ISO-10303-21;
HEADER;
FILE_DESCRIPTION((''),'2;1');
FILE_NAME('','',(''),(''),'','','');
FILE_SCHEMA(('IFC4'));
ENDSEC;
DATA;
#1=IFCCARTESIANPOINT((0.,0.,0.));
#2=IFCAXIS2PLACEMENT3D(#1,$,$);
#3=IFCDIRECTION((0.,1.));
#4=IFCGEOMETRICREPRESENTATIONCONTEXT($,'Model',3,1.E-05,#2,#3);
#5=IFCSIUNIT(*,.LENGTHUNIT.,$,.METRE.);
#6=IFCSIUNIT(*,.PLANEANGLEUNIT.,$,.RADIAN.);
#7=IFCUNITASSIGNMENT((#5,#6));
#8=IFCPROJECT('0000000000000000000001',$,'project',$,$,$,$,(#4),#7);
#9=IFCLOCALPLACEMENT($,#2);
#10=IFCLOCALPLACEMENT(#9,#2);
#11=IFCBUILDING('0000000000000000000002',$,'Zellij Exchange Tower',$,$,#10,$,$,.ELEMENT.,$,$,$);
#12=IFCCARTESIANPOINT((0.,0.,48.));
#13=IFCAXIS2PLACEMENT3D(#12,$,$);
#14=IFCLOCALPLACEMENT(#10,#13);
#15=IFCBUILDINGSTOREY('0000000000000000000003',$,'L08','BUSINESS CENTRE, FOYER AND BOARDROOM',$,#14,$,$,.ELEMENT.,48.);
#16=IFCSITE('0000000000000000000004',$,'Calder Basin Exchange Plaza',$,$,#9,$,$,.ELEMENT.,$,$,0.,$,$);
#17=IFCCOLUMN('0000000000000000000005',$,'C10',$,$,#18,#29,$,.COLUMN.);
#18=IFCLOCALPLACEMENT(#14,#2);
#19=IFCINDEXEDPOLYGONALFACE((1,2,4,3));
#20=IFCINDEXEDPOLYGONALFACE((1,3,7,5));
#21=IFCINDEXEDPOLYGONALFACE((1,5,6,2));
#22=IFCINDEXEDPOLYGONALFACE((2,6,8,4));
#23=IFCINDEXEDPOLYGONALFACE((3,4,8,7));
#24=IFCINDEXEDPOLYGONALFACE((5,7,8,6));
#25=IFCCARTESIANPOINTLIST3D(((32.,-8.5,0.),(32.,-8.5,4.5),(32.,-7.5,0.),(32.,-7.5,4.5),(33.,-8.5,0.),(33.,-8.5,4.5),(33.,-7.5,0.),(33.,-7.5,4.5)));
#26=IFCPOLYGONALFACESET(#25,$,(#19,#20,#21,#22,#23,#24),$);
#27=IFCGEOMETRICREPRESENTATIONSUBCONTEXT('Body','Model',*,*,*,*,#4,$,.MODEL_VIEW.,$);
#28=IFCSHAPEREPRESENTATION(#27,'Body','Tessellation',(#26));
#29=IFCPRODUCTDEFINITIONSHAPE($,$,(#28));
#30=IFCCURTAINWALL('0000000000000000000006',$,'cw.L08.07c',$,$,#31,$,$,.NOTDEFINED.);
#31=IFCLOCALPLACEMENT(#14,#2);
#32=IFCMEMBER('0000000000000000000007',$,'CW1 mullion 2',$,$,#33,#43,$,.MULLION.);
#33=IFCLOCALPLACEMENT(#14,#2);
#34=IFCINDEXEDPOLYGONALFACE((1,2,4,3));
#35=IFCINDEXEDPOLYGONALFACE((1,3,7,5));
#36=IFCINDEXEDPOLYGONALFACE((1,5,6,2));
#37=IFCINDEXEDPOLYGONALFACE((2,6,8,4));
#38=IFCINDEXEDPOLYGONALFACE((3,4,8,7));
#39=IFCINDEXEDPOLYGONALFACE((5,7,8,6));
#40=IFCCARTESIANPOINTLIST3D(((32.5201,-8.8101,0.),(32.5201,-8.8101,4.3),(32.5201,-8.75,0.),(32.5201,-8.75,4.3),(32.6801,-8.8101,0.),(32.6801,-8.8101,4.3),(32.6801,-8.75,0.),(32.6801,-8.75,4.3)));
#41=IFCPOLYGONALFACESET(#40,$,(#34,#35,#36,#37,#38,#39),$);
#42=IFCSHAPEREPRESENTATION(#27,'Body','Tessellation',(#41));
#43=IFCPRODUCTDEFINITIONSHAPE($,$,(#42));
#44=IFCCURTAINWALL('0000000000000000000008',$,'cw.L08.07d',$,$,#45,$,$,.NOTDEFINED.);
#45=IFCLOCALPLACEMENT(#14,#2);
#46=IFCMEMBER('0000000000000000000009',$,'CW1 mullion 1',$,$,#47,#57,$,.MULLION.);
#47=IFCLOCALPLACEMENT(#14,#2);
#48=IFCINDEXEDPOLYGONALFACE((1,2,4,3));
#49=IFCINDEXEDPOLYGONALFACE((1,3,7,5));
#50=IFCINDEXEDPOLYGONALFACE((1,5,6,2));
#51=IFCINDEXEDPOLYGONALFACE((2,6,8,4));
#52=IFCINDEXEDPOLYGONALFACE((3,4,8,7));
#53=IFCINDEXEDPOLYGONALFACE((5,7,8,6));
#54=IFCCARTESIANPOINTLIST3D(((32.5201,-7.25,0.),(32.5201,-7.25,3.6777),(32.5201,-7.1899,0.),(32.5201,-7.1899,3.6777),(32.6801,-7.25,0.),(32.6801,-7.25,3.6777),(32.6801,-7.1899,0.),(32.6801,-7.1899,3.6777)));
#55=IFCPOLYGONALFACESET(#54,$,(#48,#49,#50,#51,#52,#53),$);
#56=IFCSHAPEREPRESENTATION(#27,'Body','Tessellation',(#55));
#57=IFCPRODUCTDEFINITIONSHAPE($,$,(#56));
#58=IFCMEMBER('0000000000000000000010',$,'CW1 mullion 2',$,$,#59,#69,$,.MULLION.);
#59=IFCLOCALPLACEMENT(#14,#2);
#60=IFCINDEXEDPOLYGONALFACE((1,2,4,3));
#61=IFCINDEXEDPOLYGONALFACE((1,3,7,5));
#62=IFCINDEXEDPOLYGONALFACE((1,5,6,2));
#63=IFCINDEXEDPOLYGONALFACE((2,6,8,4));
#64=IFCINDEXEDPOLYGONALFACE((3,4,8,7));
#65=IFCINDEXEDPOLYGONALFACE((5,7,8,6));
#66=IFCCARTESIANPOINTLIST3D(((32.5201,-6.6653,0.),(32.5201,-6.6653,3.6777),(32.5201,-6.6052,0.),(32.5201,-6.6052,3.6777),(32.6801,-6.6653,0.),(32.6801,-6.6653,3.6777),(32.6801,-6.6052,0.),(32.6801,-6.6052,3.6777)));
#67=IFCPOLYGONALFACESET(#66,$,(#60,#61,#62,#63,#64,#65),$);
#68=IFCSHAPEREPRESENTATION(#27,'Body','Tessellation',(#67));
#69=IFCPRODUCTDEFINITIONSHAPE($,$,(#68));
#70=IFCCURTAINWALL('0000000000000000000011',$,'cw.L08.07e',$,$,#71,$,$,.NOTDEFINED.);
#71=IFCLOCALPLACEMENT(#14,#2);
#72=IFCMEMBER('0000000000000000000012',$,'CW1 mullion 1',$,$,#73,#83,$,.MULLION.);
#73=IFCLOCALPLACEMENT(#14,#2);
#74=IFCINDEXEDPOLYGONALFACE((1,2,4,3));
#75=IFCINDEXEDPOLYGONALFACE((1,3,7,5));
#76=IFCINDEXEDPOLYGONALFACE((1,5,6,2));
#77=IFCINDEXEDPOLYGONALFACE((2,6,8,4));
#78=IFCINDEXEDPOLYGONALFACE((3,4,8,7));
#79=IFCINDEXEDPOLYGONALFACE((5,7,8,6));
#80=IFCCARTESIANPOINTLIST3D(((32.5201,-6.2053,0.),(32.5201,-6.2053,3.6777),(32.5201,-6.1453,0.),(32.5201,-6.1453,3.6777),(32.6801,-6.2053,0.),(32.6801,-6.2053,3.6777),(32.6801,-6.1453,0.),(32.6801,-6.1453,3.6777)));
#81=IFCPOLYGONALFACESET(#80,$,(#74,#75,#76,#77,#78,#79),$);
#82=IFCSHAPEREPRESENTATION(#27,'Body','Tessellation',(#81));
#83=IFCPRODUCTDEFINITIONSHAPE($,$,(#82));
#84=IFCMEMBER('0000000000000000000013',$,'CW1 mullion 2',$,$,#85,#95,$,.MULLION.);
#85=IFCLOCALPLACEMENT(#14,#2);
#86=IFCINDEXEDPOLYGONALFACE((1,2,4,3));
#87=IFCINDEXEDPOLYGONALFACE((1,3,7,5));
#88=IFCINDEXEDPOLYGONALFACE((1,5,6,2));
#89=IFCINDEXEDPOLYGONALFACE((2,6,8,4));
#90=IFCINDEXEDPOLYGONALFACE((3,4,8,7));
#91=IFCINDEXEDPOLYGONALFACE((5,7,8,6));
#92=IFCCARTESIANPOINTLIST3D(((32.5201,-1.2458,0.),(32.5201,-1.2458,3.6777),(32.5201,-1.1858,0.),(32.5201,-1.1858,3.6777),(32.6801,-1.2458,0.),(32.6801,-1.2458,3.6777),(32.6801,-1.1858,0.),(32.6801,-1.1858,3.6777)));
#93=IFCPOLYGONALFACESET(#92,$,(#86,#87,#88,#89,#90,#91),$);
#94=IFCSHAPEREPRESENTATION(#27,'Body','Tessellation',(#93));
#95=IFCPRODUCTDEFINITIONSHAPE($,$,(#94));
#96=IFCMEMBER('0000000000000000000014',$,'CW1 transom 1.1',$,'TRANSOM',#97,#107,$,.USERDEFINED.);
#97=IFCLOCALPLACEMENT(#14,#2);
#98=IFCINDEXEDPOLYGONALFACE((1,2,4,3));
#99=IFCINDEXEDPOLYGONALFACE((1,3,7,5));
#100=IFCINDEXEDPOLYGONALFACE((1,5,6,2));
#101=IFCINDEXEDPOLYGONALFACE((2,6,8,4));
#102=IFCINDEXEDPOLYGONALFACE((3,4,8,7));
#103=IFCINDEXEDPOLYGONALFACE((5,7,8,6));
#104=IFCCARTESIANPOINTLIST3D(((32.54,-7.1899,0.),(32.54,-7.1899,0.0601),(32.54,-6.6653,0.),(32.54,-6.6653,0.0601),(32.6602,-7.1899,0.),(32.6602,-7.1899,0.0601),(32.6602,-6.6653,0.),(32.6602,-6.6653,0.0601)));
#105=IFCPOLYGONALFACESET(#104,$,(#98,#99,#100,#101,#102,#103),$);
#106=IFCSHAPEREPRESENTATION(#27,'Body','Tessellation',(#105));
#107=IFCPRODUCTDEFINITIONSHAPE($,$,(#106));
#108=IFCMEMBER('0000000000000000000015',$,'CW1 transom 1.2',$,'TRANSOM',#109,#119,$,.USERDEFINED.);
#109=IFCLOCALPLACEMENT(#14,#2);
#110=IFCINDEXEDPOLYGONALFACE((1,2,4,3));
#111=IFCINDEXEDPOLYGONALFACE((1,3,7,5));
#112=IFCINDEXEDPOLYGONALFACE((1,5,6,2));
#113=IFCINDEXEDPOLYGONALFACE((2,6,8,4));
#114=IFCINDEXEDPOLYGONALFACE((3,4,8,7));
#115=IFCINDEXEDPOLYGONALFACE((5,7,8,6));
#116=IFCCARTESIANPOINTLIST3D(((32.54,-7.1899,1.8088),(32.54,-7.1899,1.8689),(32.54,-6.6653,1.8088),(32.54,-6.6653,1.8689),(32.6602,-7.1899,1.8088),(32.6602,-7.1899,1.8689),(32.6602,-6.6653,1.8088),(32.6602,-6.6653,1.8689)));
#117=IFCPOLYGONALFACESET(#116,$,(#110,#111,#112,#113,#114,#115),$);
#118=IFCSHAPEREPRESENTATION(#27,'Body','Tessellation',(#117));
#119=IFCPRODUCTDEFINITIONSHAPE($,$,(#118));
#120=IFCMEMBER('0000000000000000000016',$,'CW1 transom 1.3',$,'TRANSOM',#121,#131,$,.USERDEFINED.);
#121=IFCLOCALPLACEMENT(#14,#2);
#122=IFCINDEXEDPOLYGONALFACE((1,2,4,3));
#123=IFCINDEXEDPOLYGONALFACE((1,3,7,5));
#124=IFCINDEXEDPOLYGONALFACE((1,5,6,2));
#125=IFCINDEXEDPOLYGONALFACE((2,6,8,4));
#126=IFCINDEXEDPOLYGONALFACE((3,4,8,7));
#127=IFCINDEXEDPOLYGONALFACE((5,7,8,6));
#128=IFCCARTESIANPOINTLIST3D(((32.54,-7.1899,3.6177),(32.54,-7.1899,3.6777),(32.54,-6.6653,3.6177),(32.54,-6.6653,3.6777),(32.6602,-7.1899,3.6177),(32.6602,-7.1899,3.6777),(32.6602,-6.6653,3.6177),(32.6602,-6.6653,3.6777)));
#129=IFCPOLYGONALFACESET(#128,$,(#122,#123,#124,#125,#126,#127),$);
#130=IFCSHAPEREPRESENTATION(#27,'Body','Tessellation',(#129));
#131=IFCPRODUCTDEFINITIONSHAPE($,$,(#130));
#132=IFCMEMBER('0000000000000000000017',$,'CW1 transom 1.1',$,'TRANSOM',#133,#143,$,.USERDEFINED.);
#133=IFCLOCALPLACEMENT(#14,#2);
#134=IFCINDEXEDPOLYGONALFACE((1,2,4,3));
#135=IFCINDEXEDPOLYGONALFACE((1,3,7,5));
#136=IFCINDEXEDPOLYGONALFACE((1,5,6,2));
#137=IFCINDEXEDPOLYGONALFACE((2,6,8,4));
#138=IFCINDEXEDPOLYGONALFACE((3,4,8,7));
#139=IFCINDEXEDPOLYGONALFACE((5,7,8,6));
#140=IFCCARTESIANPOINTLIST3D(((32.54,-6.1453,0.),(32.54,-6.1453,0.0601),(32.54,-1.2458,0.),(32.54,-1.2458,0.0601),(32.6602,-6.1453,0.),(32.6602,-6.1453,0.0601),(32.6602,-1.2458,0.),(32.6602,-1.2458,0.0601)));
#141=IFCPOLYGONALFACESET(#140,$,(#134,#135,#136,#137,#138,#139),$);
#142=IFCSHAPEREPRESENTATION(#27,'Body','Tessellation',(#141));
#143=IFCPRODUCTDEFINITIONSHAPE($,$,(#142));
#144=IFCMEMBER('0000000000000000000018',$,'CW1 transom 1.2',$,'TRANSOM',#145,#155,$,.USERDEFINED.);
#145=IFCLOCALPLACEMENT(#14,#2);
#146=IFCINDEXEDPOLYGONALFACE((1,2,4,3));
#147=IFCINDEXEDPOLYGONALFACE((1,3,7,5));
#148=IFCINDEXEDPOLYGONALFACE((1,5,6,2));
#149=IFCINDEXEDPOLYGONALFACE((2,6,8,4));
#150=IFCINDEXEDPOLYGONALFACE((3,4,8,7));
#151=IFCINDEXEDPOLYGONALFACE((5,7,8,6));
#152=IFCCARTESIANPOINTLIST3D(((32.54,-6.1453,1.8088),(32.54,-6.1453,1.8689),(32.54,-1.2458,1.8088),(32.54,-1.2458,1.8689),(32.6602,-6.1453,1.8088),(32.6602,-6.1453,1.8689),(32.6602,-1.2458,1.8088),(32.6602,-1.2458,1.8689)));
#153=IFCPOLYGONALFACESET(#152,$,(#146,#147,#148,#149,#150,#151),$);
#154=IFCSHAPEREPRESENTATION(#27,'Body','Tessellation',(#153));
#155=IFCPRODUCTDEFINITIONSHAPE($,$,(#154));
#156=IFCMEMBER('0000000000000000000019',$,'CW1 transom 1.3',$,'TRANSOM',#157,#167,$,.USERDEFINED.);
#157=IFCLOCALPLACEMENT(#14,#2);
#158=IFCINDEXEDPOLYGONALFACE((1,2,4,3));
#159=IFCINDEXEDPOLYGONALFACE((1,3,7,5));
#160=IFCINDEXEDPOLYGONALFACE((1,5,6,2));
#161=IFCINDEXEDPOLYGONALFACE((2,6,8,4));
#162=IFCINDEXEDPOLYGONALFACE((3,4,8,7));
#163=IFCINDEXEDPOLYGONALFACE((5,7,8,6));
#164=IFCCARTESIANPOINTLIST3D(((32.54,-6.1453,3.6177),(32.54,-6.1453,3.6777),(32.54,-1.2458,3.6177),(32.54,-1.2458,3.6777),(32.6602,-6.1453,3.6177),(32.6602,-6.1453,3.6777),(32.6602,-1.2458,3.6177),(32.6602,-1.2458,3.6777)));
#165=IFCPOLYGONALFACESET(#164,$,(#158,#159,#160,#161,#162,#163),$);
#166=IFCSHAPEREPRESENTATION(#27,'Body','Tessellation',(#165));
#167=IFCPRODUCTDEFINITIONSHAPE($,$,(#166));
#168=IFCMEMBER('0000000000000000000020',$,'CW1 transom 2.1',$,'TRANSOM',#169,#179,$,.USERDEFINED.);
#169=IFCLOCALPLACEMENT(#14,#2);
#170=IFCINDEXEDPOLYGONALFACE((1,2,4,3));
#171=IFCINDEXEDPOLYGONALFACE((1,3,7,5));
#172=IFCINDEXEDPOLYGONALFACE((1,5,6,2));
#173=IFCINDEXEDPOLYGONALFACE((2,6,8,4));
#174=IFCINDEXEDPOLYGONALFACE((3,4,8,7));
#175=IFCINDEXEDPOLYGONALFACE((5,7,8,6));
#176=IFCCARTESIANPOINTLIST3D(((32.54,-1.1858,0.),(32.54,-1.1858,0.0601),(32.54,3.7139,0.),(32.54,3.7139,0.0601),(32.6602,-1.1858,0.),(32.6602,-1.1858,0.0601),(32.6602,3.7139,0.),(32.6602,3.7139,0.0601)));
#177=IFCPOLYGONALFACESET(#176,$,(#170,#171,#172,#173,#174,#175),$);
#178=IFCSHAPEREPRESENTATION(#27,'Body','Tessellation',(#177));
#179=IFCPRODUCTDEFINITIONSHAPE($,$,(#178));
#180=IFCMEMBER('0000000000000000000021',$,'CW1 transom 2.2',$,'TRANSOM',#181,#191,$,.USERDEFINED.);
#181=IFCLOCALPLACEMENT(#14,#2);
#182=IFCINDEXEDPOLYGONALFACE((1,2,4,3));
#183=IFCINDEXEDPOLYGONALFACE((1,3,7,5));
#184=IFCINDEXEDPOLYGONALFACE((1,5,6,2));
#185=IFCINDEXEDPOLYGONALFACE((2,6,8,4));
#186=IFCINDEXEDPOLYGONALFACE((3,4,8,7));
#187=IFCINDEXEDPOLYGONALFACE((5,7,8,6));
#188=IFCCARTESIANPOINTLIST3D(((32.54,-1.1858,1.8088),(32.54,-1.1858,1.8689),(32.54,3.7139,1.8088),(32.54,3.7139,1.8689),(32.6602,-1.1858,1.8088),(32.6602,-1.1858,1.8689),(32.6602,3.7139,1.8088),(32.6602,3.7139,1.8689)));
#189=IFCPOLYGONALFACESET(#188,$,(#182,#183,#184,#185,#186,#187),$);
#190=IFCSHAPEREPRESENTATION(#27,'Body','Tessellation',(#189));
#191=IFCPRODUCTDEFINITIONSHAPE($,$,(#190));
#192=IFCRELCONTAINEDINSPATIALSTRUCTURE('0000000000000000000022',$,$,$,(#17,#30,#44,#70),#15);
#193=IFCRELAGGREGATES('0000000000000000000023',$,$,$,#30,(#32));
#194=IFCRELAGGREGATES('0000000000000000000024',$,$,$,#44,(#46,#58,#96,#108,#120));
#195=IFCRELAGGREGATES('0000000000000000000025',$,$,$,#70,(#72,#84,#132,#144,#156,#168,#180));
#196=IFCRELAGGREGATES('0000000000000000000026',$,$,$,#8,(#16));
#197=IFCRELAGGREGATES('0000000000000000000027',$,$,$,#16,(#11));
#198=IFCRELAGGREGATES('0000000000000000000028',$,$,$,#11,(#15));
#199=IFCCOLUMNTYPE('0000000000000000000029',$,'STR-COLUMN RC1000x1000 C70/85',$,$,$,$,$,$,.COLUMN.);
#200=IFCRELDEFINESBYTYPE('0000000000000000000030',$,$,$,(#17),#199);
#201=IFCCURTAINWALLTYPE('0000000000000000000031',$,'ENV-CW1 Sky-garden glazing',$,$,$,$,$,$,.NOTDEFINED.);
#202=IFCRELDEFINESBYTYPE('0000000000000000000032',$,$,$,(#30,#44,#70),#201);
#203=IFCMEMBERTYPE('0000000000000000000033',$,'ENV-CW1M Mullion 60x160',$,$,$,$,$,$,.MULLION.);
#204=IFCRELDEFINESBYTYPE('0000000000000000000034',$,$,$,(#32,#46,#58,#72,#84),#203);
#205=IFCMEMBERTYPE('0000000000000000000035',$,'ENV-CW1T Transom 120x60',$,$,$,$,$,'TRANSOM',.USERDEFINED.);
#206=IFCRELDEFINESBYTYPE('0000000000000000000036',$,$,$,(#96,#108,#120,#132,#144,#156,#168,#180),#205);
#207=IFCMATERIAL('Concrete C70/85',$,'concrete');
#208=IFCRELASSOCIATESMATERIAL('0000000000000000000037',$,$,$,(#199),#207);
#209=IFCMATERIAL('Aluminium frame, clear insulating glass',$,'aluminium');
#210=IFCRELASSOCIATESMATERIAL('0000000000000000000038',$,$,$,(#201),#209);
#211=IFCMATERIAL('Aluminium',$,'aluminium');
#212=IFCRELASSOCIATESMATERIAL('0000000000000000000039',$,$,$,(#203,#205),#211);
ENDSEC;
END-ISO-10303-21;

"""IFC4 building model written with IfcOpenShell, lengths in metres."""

from ifc_helpers import new_model, si_unit, direction, frame, origin, origin_2d, place, context, subcontext, project, spatial, rectangle, extrude, material, material_profile, profile_set, type_object, element, aggregate, save


model = new_model("IFC4")

# Units and contexts
model_context = context("Model", 3, precision=1e-05, world=origin(), true_north=direction((0.0, 1.0)))
body_context = subcontext(model_context, "Body", "Model", "MODEL_VIEW")
ifc_project = project(units=[si_unit("LENGTHUNIT", "METRE"), si_unit("PLANEANGLEUNIT", "RADIAN")], contexts=[model_context])

# Site, building, storey
site_placement = place(None, origin())
site = spatial("IfcSite", under=ifc_project, at=site_placement, Name="Calder Basin Exchange Plaza", CompositionType="ELEMENT", RefElevation=0.0)
building_placement = place(site_placement, origin())
building = spatial("IfcBuilding", under=site, at=building_placement, Name="Zellij Exchange Tower", CompositionType="ELEMENT")
storey_placement = place(building_placement, frame((0.0, 0.0, 48.0)))
storey = spatial("IfcBuildingStorey", under=building, at=storey_placement, Name="L08", Description="BUSINESS CENTRE, FOYER AND BOARDROOM", CompositionType="ELEMENT", Elevation=48.0)

# Column
ifc_material_1 = material(Name="Concrete C70/85", Category="concrete")
ifc_material_profile_1 = material_profile(ifc_material_1, rectangle(XDim=1.0, YDim=1.0, at=origin_2d()), Name="STR-COLUMN RC1000x1000 C70/85")
ifc_profile_set_1 = profile_set([ifc_material_profile_1], Name="Concrete C70/85")
column_type = type_object("IfcColumnType", Name="STR-COLUMN RC1000x1000 C70/85", PredefinedType="COLUMN", material=ifc_profile_set_1)
column_placement = place(storey_placement, frame((32.5, -8.0, 0.0), z_axis=(0.0, 0.0, 1.0), x_axis=(1.0, 0.0, 0.0)))
element("IfcColumn", 1, at=column_placement, inside=storey, type_object=column_type, Name="C10", PredefinedType="COLUMN", context=body_context, shape_type="SweptSolid", body=[
    extrude(rectangle(XDim=1.0, YDim=1.0, at=origin_2d()), origin(), (0.0, 0.0, 1.0), 4.5),
])

# Curtain wall, member
ifc_material_2 = material(Name="Aluminium frame, clear insulating glass", Category="aluminium")
curtain_wall_type = type_object("IfcCurtainWallType", Name="ENV-CW1 Sky-garden glazing", PredefinedType="NOTDEFINED", material=ifc_material_2)
curtain_wall_1_placement = place(storey_placement, origin())
curtain_wall_1 = element("IfcCurtainWall", 2, at=curtain_wall_1_placement, inside=storey, type_object=curtain_wall_type, Name="cw.L08.07c", PredefinedType="NOTDEFINED")
ifc_material_3 = material(Name="Aluminium", Category="aluminium")
ifc_material_profile_2 = material_profile(ifc_material_3, rectangle(XDim=0.0601, YDim=0.1599, at=origin_2d()), Name="AL 60x160")
ifc_profile_set_2 = profile_set([ifc_material_profile_2], Name="Aluminium")
member_type_1 = type_object("IfcMemberType", Name="ENV-CW1M Mullion 60x160", PredefinedType="MULLION", material=ifc_profile_set_2)
member_1_placement = place(storey_placement, frame((32.6001, -8.78, 0.0), z_axis=(0.0, 0.0, 1.0), x_axis=(0.0, 1.0, 0.0)))
member_1 = element("IfcMember", 3, at=member_1_placement, type_object=member_type_1, Name="CW1 mullion 2", PredefinedType="MULLION", context=body_context, shape_type="SweptSolid", body=[
    extrude(rectangle(XDim=0.0601, YDim=0.1599, at=origin_2d()), origin(), (0.0, 0.0, 1.0), 4.3),
])
aggregate(curtain_wall_1, [member_1])

# Curtain walls, members
curtain_wall_2_placement = place(storey_placement, origin())
curtain_wall_2 = element("IfcCurtainWall", 4, at=curtain_wall_2_placement, inside=storey, type_object=curtain_wall_type, Name="cw.L08.07d", PredefinedType="NOTDEFINED")
member_2_placement = place(storey_placement, frame((32.6001, -7.22, 0.0), z_axis=(0.0, 0.0, 1.0), x_axis=(0.0, 1.0, 0.0)))
member_2 = element("IfcMember", 5, at=member_2_placement, type_object=member_type_1, Name="CW1 mullion 1", PredefinedType="MULLION", context=body_context, shape_type="SweptSolid", body=[
    extrude(rectangle(XDim=0.0601, YDim=0.1599, at=origin_2d()), origin(), (0.0, 0.0, 1.0), 3.6777),
])
member_3_placement = place(storey_placement, frame((32.6001, -6.6353, 0.0), z_axis=(0.0, 0.0, 1.0), x_axis=(0.0, 1.0, 0.0)))
member_3 = element("IfcMember", 6, at=member_3_placement, type_object=member_type_1, Name="CW1 mullion 2", PredefinedType="MULLION", context=body_context, shape_type="SweptSolid", body=[
    extrude(rectangle(XDim=0.0601, YDim=0.1599, at=origin_2d()), origin(), (0.0, 0.0, 1.0), 3.6777),
])
curtain_wall_3_placement = place(storey_placement, origin())
curtain_wall_3 = element("IfcCurtainWall", 7, at=curtain_wall_3_placement, inside=storey, type_object=curtain_wall_type, Name="cw.L08.07e", PredefinedType="NOTDEFINED")
member_4_placement = place(storey_placement, frame((32.6001, -6.1753, 0.0), z_axis=(0.0, 0.0, 1.0), x_axis=(0.0, 1.0, 0.0)))
member_4 = element("IfcMember", 8, at=member_4_placement, type_object=member_type_1, Name="CW1 mullion 1", PredefinedType="MULLION", context=body_context, shape_type="SweptSolid", body=[
    extrude(rectangle(XDim=0.0601, YDim=0.1599, at=origin_2d()), origin(), (0.0, 0.0, 1.0), 3.6777),
])
member_5_placement = place(storey_placement, frame((32.6001, -1.2158, 0.0), z_axis=(0.0, 0.0, 1.0), x_axis=(0.0, 1.0, 0.0)))
member_5 = element("IfcMember", 9, at=member_5_placement, type_object=member_type_1, Name="CW1 mullion 2", PredefinedType="MULLION", context=body_context, shape_type="SweptSolid", body=[
    extrude(rectangle(XDim=0.0601, YDim=0.1599, at=origin_2d()), origin(), (0.0, 0.0, 1.0), 3.6777),
])

# Members
ifc_material_profile_3 = material_profile(ifc_material_3, rectangle(XDim=0.1201, YDim=0.0601, at=origin_2d()), Name="AL 120x60")
ifc_profile_set_3 = profile_set([ifc_material_profile_3], Name="Aluminium")
member_type_2 = type_object("IfcMemberType", Name="ENV-CW1T Transom 120x60", ElementType="TRANSOM", PredefinedType="USERDEFINED", material=ifc_profile_set_3)
member_6_placement = place(storey_placement, frame((32.6001, -7.1899, 0.03), z_axis=(0.0, 1.0, 0.0), x_axis=(-1.0, 0.0, 0.0)))
member_6 = element("IfcMember", 10, at=member_6_placement, type_object=member_type_2, Name="CW1 transom 1.1", ObjectType="TRANSOM", PredefinedType="USERDEFINED", context=body_context, shape_type="SweptSolid", body=[
    extrude(rectangle(XDim=0.1201, YDim=0.0601, at=origin_2d()), origin(), (0.0, 0.0, 1.0), 0.5247),
])
member_7_placement = place(storey_placement, frame((32.6001, -7.1899, 1.8389), z_axis=(0.0, 1.0, 0.0), x_axis=(-1.0, 0.0, 0.0)))
member_7 = element("IfcMember", 11, at=member_7_placement, type_object=member_type_2, Name="CW1 transom 1.2", ObjectType="TRANSOM", PredefinedType="USERDEFINED", context=body_context, shape_type="SweptSolid", body=[
    extrude(rectangle(XDim=0.1201, YDim=0.0601, at=origin_2d()), origin(), (0.0, 0.0, 1.0), 0.5247),
])
member_8_placement = place(storey_placement, frame((32.6001, -7.1899, 3.6477), z_axis=(0.0, 1.0, 0.0), x_axis=(-1.0, 0.0, 0.0)))
member_8 = element("IfcMember", 12, at=member_8_placement, type_object=member_type_2, Name="CW1 transom 1.3", ObjectType="TRANSOM", PredefinedType="USERDEFINED", context=body_context, shape_type="SweptSolid", body=[
    extrude(rectangle(XDim=0.1201, YDim=0.0601, at=origin_2d()), origin(), (0.0, 0.0, 1.0), 0.5247),
])
member_9_placement = place(storey_placement, frame((32.6001, -6.1453, 0.03), z_axis=(0.0, 1.0, 0.0), x_axis=(-1.0, 0.0, 0.0)))
member_9 = element("IfcMember", 13, at=member_9_placement, type_object=member_type_2, Name="CW1 transom 1.1", ObjectType="TRANSOM", PredefinedType="USERDEFINED", context=body_context, shape_type="SweptSolid", body=[
    extrude(rectangle(XDim=0.1201, YDim=0.0601, at=origin_2d()), origin(), (0.0, 0.0, 1.0), 4.8994),
])
member_10_placement = place(storey_placement, frame((32.6001, -6.1453, 1.8389), z_axis=(0.0, 1.0, 0.0), x_axis=(-1.0, 0.0, 0.0)))
member_10 = element("IfcMember", 14, at=member_10_placement, type_object=member_type_2, Name="CW1 transom 1.2", ObjectType="TRANSOM", PredefinedType="USERDEFINED", context=body_context, shape_type="SweptSolid", body=[
    extrude(rectangle(XDim=0.1201, YDim=0.0601, at=origin_2d()), origin(), (0.0, 0.0, 1.0), 4.8994),
])
member_11_placement = place(storey_placement, frame((32.6001, -6.1453, 3.6477), z_axis=(0.0, 1.0, 0.0), x_axis=(-1.0, 0.0, 0.0)))
member_11 = element("IfcMember", 15, at=member_11_placement, type_object=member_type_2, Name="CW1 transom 1.3", ObjectType="TRANSOM", PredefinedType="USERDEFINED", context=body_context, shape_type="SweptSolid", body=[
    extrude(rectangle(XDim=0.1201, YDim=0.0601, at=origin_2d()), origin(), (0.0, 0.0, 1.0), 4.8994),
])
member_12_placement = place(storey_placement, frame((32.6001, -1.1858, 0.03), z_axis=(0.0, 1.0, 0.0), x_axis=(-1.0, 0.0, 0.0)))
member_12 = element("IfcMember", 16, at=member_12_placement, type_object=member_type_2, Name="CW1 transom 2.1", ObjectType="TRANSOM", PredefinedType="USERDEFINED", context=body_context, shape_type="SweptSolid", body=[
    extrude(rectangle(XDim=0.1201, YDim=0.0601, at=origin_2d()), origin(), (0.0, 0.0, 1.0), 4.8997),
])
member_13_placement = place(storey_placement, frame((32.6001, -1.1858, 1.8389), z_axis=(0.0, 1.0, 0.0), x_axis=(-1.0, 0.0, 0.0)))
member_13 = element("IfcMember", 17, at=member_13_placement, type_object=member_type_2, Name="CW1 transom 2.2", ObjectType="TRANSOM", PredefinedType="USERDEFINED", context=body_context, shape_type="SweptSolid", body=[
    extrude(rectangle(XDim=0.1201, YDim=0.0601, at=origin_2d()), origin(), (0.0, 0.0, 1.0), 4.8997),
])

aggregate(curtain_wall_2, [member_2, member_3, member_6, member_7, member_8])
aggregate(curtain_wall_3, [member_4, member_5, member_9, member_10, member_11, member_12, member_13])

save(model, "model.ifc")
